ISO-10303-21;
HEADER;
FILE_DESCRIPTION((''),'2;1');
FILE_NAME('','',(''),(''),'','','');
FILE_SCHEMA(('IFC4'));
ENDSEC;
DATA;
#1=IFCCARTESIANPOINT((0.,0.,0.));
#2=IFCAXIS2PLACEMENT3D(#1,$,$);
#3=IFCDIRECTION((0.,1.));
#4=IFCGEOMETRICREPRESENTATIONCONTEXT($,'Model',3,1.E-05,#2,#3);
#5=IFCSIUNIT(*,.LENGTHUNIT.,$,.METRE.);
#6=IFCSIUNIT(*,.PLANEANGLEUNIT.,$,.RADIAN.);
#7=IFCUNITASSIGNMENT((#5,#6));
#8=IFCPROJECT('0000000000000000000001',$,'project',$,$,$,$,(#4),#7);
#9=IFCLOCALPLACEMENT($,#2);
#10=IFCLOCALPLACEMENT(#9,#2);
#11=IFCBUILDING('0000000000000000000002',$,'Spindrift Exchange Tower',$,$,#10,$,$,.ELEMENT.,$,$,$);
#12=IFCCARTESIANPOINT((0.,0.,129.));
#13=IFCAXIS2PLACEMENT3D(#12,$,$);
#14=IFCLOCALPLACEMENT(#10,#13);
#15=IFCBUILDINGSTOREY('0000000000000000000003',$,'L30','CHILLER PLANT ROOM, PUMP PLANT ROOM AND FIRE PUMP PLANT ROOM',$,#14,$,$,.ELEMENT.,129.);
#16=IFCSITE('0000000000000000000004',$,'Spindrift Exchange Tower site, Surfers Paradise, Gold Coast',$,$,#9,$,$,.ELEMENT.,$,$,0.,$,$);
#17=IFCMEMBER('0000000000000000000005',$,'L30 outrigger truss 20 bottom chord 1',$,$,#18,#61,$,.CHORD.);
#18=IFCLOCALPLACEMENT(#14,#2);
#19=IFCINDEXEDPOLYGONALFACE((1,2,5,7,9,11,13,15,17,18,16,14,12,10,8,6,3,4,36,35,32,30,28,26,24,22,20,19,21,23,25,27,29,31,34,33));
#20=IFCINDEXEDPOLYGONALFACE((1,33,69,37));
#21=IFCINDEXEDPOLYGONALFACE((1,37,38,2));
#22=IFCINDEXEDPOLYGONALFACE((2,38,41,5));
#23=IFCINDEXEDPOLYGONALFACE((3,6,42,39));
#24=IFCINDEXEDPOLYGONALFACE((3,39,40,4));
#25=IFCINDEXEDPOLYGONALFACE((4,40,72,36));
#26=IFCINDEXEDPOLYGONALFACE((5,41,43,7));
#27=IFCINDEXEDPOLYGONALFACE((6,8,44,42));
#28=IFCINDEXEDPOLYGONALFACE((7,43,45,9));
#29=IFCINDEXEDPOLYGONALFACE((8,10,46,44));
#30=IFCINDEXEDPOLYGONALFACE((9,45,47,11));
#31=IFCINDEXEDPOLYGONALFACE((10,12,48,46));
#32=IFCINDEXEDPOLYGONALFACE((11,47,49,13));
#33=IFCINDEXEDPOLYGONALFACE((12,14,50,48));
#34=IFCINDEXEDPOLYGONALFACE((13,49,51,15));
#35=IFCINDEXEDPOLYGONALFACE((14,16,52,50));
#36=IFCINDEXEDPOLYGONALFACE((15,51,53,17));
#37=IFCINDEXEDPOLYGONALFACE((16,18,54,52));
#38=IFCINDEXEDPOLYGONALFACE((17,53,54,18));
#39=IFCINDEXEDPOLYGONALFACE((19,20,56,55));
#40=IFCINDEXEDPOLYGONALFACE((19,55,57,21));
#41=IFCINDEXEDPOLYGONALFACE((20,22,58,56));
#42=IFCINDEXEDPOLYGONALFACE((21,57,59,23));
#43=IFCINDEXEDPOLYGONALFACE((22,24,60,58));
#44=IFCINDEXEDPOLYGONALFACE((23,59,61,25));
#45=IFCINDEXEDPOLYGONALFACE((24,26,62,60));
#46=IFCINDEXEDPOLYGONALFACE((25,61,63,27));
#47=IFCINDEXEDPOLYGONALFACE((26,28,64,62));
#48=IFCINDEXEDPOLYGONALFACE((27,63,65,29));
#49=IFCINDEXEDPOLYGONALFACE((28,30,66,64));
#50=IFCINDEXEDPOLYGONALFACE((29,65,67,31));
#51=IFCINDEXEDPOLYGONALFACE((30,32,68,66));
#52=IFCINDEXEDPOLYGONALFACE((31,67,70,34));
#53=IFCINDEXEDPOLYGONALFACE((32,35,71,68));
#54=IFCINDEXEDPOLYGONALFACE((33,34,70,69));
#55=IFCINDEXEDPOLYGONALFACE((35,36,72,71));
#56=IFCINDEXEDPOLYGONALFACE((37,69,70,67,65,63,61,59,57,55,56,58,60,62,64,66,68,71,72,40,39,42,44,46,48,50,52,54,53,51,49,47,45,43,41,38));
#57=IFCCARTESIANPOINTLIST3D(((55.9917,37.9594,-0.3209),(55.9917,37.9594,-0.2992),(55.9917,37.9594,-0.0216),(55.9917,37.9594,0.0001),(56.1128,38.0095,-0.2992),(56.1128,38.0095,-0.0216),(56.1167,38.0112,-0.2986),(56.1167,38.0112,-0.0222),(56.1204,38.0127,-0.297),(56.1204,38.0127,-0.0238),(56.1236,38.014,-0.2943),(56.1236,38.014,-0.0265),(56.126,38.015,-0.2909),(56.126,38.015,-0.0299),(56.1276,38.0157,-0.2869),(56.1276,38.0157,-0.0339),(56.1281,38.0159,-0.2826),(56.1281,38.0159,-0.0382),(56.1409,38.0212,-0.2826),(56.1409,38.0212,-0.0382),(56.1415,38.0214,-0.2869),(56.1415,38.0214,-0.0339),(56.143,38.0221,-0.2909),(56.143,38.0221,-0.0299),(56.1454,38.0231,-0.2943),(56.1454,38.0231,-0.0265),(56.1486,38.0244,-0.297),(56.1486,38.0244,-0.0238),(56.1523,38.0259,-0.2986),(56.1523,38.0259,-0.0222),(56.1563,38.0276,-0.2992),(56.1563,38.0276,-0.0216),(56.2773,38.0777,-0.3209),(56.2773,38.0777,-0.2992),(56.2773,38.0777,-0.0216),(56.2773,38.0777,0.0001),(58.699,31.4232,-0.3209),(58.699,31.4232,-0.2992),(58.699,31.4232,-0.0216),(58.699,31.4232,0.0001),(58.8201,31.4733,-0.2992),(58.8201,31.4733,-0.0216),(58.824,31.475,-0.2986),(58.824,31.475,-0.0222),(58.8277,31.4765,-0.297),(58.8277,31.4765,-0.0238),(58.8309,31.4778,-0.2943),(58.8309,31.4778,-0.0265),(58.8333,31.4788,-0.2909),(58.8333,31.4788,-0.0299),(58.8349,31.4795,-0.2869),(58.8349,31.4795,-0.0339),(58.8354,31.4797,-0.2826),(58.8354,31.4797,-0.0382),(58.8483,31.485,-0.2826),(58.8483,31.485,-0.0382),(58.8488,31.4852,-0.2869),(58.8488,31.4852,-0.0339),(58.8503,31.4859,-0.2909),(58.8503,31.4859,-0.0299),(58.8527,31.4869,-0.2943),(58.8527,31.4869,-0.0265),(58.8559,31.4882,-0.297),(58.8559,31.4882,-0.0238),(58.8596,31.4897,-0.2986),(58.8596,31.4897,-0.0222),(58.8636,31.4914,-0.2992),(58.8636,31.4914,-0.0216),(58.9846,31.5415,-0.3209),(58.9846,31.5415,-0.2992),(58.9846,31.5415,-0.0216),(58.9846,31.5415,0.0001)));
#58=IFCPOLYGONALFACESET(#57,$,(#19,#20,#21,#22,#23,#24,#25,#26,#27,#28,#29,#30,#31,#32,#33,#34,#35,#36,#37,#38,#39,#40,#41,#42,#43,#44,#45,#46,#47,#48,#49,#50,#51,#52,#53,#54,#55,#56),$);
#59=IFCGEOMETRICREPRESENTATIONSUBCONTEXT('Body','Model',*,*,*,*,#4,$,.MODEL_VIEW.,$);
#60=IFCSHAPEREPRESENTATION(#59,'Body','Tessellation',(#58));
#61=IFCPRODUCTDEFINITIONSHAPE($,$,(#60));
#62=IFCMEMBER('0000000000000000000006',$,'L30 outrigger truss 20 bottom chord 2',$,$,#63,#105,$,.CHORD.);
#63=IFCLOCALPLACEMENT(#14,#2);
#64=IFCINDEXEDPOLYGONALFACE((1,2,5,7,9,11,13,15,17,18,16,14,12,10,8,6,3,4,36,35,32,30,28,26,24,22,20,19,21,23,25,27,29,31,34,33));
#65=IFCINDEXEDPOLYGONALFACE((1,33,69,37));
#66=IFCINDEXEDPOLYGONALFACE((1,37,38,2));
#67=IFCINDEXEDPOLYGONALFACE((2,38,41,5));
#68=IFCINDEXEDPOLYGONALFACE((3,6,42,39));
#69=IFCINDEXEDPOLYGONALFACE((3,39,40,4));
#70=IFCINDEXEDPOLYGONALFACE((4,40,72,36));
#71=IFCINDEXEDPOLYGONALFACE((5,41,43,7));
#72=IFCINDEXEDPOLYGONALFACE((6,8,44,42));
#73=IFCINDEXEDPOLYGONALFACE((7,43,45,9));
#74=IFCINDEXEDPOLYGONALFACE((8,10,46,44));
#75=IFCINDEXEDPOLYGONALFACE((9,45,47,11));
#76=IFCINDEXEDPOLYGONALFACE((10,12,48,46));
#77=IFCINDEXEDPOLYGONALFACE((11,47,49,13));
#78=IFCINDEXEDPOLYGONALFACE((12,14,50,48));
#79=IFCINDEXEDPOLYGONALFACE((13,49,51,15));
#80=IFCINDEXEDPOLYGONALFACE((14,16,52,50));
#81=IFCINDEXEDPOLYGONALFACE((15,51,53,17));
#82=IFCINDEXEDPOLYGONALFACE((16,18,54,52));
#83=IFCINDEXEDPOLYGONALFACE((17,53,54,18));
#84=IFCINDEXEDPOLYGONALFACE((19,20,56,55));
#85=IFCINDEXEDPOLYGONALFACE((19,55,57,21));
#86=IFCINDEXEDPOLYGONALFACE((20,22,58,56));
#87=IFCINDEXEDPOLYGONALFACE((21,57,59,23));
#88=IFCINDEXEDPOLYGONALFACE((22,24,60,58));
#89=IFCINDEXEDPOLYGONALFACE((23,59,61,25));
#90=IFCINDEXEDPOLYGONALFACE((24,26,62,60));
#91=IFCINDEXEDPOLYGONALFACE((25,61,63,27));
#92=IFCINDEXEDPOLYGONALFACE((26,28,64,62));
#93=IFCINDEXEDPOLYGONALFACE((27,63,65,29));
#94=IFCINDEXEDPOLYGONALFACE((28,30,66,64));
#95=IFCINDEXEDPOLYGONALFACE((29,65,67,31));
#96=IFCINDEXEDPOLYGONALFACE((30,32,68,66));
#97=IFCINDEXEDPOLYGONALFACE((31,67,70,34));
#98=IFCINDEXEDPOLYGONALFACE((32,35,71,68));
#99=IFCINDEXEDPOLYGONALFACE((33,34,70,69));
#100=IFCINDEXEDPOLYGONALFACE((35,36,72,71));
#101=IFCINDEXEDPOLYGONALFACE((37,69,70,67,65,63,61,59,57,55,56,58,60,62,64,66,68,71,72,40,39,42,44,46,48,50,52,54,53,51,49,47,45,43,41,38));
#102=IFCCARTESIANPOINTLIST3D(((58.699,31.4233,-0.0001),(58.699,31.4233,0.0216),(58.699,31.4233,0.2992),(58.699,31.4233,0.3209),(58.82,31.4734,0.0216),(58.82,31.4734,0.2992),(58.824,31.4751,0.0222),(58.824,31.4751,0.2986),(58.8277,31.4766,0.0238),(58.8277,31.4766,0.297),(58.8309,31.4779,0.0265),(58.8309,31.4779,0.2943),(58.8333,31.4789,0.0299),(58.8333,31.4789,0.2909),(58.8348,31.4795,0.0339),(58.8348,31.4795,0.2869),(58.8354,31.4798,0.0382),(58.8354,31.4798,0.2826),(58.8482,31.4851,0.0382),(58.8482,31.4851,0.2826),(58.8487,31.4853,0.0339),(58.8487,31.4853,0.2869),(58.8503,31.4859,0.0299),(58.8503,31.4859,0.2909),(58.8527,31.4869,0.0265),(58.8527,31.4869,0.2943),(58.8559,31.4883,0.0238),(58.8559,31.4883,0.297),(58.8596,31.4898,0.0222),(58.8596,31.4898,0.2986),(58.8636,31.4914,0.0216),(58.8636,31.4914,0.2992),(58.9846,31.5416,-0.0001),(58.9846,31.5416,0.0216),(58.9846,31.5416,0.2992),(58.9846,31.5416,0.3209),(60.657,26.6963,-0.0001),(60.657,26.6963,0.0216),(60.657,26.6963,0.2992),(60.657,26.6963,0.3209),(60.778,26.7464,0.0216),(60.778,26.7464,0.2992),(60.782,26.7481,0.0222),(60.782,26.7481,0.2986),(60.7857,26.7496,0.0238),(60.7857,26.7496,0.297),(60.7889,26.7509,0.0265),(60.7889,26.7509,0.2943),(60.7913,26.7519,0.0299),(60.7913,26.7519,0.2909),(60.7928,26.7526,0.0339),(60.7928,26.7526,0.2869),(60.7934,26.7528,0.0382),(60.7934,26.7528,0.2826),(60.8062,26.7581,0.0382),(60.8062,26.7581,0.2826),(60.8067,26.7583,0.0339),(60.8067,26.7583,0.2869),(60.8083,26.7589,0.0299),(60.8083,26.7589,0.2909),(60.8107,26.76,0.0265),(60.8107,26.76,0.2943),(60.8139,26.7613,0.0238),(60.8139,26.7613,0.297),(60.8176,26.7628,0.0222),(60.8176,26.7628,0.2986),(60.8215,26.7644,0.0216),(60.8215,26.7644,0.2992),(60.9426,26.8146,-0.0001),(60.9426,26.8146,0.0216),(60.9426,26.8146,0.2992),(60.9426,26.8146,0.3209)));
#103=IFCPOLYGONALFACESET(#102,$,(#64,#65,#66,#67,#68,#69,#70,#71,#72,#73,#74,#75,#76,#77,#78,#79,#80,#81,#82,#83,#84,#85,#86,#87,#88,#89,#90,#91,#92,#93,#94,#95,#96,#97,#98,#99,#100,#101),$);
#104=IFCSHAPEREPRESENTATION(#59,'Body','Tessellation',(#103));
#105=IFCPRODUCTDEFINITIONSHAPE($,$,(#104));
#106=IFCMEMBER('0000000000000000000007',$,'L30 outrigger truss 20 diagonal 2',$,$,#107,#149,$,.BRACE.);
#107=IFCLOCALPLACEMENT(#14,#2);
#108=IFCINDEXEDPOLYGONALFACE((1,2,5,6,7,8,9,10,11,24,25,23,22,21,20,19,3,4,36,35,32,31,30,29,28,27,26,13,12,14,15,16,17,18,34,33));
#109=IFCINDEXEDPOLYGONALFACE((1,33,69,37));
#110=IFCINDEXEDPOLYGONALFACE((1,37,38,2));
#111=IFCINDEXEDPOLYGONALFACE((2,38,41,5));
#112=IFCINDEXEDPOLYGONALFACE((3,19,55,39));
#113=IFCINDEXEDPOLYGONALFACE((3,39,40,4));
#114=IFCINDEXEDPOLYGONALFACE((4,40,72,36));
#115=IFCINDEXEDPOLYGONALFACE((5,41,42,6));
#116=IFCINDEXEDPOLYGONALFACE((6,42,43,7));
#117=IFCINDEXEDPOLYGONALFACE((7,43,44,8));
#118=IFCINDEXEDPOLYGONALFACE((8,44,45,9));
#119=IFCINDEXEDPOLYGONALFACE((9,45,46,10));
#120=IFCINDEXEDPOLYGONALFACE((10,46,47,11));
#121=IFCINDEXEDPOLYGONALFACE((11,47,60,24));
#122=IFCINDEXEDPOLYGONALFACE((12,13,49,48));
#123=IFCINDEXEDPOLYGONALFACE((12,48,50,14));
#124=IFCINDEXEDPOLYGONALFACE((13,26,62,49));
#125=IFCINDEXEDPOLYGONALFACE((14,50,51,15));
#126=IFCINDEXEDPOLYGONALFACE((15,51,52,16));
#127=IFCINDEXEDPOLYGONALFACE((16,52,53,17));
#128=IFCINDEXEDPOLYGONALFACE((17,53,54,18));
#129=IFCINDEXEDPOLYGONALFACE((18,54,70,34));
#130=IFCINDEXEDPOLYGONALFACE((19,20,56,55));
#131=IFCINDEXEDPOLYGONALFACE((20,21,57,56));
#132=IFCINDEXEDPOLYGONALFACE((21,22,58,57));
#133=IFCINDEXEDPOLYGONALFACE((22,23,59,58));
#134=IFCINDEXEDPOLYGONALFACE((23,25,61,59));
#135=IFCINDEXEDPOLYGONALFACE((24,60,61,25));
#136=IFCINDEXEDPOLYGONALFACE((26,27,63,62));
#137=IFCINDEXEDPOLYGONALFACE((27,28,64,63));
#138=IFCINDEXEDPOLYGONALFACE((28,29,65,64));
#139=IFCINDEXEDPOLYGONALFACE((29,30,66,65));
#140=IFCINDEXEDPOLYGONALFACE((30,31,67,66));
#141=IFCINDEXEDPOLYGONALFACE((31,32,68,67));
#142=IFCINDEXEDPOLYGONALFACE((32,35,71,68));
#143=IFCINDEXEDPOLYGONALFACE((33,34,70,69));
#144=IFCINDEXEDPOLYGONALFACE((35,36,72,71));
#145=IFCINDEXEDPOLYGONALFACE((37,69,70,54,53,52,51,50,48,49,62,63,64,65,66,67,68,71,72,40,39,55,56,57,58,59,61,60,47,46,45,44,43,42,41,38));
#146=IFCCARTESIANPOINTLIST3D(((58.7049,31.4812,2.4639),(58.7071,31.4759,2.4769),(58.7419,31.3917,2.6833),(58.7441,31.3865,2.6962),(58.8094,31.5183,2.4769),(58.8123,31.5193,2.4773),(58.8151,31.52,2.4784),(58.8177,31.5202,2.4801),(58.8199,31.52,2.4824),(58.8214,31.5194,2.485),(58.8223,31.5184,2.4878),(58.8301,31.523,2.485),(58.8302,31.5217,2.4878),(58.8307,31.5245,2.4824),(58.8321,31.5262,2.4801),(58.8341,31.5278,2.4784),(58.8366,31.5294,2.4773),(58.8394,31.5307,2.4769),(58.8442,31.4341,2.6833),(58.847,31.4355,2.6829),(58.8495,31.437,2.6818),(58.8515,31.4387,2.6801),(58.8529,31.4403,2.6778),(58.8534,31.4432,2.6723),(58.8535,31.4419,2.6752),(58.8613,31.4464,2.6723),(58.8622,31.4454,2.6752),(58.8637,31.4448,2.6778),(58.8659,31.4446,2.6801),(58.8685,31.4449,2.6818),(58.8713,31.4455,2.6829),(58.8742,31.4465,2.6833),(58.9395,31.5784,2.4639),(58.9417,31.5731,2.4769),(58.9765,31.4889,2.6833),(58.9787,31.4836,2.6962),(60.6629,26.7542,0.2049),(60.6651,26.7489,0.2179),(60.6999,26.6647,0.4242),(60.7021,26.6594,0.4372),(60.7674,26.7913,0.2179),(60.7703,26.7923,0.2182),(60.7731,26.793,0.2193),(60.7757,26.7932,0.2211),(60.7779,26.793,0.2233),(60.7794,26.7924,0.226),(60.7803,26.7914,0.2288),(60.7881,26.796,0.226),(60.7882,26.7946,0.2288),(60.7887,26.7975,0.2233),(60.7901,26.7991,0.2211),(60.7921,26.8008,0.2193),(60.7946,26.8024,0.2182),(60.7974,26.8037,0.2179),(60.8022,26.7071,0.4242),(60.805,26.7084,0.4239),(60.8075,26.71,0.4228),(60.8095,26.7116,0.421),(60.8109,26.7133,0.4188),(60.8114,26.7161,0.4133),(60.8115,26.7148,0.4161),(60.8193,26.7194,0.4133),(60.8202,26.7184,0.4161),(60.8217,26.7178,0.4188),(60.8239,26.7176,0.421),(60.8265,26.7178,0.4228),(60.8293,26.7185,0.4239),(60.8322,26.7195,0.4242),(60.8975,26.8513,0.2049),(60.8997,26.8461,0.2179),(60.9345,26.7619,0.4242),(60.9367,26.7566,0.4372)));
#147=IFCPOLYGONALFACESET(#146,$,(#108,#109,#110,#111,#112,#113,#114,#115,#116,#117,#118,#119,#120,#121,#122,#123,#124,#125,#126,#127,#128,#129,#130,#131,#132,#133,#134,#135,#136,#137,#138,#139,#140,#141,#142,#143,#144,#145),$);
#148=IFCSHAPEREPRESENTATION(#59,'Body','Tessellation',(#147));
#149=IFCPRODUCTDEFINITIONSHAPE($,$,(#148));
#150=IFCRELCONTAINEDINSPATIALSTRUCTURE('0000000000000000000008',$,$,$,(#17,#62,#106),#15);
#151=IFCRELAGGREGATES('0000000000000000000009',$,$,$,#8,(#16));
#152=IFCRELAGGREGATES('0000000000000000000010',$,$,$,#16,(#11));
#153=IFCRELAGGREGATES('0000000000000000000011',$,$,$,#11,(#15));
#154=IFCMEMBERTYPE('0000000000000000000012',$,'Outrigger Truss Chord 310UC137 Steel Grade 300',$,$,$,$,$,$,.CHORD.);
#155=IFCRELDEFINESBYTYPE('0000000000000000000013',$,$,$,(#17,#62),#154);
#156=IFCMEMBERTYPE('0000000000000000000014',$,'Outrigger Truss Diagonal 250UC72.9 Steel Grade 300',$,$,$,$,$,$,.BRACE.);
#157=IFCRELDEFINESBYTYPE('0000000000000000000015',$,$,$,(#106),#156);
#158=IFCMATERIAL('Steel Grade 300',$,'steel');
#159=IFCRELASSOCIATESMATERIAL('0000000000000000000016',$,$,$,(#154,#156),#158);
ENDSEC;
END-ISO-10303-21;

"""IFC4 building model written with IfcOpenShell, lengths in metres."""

from ifc_helpers import new_model, si_unit, direction, frame, origin, origin_2d, place, context, subcontext, project, spatial, i_section, extrude, source, transform, mapped, material, material_profile, profile_set, type_object, element, save


model = new_model("IFC4")

# Units and contexts
model_context = context("Model", 3, precision=1e-05, world=origin(), true_north=direction((0.0, 1.0)))
body_context = subcontext(model_context, "Body", "Model", "MODEL_VIEW")
ifc_project = project(units=[si_unit("LENGTHUNIT", "METRE"), si_unit("PLANEANGLEUNIT", "RADIAN")], contexts=[model_context])

# Site, building, storey
site_placement = place(None, origin())
site = spatial("IfcSite", under=ifc_project, at=site_placement, Name="Spindrift Exchange Tower site, Surfers Paradise, Gold Coast", CompositionType="ELEMENT", RefElevation=0.0)
building_placement = place(site_placement, origin())
building = spatial("IfcBuilding", under=site, at=building_placement, Name="Spindrift Exchange Tower", CompositionType="ELEMENT")
storey_placement = place(building_placement, frame((0.0, 0.0, 129.0)))
storey = spatial("IfcBuildingStorey", under=building, at=storey_placement, Name="L30", Description="CHILLER PLANT ROOM, PUMP PLANT ROOM AND FIRE PUMP PLANT ROOM", CompositionType="ELEMENT", Elevation=129.0)

# Shared definitions
ifc_material_1 = material(Name="Steel Grade 300", Category="steel")

# Members
ifc_material_profile_1 = material_profile(ifc_material_1, i_section(OverallWidth=0.3091, OverallDepth=0.321, WebThickness=0.0139, FlangeThickness=0.0217, FilletRadius=0.0166, at=origin_2d()), Name="310UC137")
ifc_profile_set_1 = profile_set([ifc_material_profile_1], Name="Steel Grade 300")
member_type_1 = type_object("IfcMemberType", Name="Outrigger Truss Chord 310UC137 Steel Grade 300", PredefinedType="CHORD", material=ifc_profile_set_1)
shared_shape_1 = source(origin(), body_context, "Body", "SweptSolid", [
    extrude(i_section(OverallWidth=0.3091, OverallDepth=0.321, WebThickness=0.0139, FlangeThickness=0.0217, FilletRadius=0.0166, at=origin_2d()), origin(), (0.0, 0.0, 1.0), 7.0747),
])
member_1_placement = place(storey_placement, frame((56.1345, 38.0186, -0.1604), z_axis=(0.382674, -0.923884, 0.0), x_axis=(0.923884, 0.382674, 0.0)))
element("IfcMember", 1, at=member_1_placement, inside=storey, type_object=member_type_1, Name="L30 outrigger truss 20 bottom chord 1", PredefinedType="CHORD", context=body_context, shape_type="MappedRepresentation", body=[
    mapped(shared_shape_1, transform((0.0, 0.0, 0.0), scale=1.0)),
])
shared_shape_2 = source(origin(), body_context, "Body", "SweptSolid", [
    extrude(i_section(OverallWidth=0.3091, OverallDepth=0.321, WebThickness=0.0139, FlangeThickness=0.0217, FilletRadius=0.0166, at=origin_2d()), origin(), (0.0, 0.0, 1.0), 5.1165),
])
member_2_placement = place(storey_placement, frame((58.8418, 31.4824, 0.1604), z_axis=(0.382683, -0.92388, 0.0), x_axis=(0.92388, 0.382683, 0.0)))
element("IfcMember", 2, at=member_2_placement, inside=storey, type_object=member_type_1, Name="L30 outrigger truss 20 bottom chord 2", PredefinedType="CHORD", context=body_context, shape_type="MappedRepresentation", body=[
    mapped(shared_shape_2, transform((0.0, 0.0, 0.0), scale=1.0)),
])
ifc_material_profile_2 = material_profile(ifc_material_1, i_section(OverallWidth=0.2539, OverallDepth=0.2539, WebThickness=0.0085, FlangeThickness=0.0142, FilletRadius=0.012, at=origin_2d()), Name="250UC72.9")
ifc_profile_set_2 = profile_set([ifc_material_profile_2], Name="Steel Grade 300")
member_type_2 = type_object("IfcMemberType", Name="Outrigger Truss Diagonal 250UC72.9 Steel Grade 300", PredefinedType="BRACE", material=ifc_profile_set_2)
shared_shape_3 = source(origin(), body_context, "Body", "SweptSolid", [
    extrude(i_section(OverallWidth=0.2539, OverallDepth=0.2539, WebThickness=0.0085, FlangeThickness=0.0142, FilletRadius=0.012, at=origin_2d()), origin(), (0.0, 0.0, 1.0), 5.593),
])
member_3_placement = place(storey_placement, frame((58.8418, 31.4824, 2.5801), z_axis=(0.35008, -0.845167, -0.403901), x_axis=(0.92388, 0.382683, 0.0)))
element("IfcMember", 3, at=member_3_placement, inside=storey, type_object=member_type_2, Name="L30 outrigger truss 20 diagonal 2", PredefinedType="BRACE", context=body_context, shape_type="MappedRepresentation", body=[
    mapped(shared_shape_3, transform((0.0, 0.0, 0.0), scale=1.0)),
])

save(model, "model.ifc")
